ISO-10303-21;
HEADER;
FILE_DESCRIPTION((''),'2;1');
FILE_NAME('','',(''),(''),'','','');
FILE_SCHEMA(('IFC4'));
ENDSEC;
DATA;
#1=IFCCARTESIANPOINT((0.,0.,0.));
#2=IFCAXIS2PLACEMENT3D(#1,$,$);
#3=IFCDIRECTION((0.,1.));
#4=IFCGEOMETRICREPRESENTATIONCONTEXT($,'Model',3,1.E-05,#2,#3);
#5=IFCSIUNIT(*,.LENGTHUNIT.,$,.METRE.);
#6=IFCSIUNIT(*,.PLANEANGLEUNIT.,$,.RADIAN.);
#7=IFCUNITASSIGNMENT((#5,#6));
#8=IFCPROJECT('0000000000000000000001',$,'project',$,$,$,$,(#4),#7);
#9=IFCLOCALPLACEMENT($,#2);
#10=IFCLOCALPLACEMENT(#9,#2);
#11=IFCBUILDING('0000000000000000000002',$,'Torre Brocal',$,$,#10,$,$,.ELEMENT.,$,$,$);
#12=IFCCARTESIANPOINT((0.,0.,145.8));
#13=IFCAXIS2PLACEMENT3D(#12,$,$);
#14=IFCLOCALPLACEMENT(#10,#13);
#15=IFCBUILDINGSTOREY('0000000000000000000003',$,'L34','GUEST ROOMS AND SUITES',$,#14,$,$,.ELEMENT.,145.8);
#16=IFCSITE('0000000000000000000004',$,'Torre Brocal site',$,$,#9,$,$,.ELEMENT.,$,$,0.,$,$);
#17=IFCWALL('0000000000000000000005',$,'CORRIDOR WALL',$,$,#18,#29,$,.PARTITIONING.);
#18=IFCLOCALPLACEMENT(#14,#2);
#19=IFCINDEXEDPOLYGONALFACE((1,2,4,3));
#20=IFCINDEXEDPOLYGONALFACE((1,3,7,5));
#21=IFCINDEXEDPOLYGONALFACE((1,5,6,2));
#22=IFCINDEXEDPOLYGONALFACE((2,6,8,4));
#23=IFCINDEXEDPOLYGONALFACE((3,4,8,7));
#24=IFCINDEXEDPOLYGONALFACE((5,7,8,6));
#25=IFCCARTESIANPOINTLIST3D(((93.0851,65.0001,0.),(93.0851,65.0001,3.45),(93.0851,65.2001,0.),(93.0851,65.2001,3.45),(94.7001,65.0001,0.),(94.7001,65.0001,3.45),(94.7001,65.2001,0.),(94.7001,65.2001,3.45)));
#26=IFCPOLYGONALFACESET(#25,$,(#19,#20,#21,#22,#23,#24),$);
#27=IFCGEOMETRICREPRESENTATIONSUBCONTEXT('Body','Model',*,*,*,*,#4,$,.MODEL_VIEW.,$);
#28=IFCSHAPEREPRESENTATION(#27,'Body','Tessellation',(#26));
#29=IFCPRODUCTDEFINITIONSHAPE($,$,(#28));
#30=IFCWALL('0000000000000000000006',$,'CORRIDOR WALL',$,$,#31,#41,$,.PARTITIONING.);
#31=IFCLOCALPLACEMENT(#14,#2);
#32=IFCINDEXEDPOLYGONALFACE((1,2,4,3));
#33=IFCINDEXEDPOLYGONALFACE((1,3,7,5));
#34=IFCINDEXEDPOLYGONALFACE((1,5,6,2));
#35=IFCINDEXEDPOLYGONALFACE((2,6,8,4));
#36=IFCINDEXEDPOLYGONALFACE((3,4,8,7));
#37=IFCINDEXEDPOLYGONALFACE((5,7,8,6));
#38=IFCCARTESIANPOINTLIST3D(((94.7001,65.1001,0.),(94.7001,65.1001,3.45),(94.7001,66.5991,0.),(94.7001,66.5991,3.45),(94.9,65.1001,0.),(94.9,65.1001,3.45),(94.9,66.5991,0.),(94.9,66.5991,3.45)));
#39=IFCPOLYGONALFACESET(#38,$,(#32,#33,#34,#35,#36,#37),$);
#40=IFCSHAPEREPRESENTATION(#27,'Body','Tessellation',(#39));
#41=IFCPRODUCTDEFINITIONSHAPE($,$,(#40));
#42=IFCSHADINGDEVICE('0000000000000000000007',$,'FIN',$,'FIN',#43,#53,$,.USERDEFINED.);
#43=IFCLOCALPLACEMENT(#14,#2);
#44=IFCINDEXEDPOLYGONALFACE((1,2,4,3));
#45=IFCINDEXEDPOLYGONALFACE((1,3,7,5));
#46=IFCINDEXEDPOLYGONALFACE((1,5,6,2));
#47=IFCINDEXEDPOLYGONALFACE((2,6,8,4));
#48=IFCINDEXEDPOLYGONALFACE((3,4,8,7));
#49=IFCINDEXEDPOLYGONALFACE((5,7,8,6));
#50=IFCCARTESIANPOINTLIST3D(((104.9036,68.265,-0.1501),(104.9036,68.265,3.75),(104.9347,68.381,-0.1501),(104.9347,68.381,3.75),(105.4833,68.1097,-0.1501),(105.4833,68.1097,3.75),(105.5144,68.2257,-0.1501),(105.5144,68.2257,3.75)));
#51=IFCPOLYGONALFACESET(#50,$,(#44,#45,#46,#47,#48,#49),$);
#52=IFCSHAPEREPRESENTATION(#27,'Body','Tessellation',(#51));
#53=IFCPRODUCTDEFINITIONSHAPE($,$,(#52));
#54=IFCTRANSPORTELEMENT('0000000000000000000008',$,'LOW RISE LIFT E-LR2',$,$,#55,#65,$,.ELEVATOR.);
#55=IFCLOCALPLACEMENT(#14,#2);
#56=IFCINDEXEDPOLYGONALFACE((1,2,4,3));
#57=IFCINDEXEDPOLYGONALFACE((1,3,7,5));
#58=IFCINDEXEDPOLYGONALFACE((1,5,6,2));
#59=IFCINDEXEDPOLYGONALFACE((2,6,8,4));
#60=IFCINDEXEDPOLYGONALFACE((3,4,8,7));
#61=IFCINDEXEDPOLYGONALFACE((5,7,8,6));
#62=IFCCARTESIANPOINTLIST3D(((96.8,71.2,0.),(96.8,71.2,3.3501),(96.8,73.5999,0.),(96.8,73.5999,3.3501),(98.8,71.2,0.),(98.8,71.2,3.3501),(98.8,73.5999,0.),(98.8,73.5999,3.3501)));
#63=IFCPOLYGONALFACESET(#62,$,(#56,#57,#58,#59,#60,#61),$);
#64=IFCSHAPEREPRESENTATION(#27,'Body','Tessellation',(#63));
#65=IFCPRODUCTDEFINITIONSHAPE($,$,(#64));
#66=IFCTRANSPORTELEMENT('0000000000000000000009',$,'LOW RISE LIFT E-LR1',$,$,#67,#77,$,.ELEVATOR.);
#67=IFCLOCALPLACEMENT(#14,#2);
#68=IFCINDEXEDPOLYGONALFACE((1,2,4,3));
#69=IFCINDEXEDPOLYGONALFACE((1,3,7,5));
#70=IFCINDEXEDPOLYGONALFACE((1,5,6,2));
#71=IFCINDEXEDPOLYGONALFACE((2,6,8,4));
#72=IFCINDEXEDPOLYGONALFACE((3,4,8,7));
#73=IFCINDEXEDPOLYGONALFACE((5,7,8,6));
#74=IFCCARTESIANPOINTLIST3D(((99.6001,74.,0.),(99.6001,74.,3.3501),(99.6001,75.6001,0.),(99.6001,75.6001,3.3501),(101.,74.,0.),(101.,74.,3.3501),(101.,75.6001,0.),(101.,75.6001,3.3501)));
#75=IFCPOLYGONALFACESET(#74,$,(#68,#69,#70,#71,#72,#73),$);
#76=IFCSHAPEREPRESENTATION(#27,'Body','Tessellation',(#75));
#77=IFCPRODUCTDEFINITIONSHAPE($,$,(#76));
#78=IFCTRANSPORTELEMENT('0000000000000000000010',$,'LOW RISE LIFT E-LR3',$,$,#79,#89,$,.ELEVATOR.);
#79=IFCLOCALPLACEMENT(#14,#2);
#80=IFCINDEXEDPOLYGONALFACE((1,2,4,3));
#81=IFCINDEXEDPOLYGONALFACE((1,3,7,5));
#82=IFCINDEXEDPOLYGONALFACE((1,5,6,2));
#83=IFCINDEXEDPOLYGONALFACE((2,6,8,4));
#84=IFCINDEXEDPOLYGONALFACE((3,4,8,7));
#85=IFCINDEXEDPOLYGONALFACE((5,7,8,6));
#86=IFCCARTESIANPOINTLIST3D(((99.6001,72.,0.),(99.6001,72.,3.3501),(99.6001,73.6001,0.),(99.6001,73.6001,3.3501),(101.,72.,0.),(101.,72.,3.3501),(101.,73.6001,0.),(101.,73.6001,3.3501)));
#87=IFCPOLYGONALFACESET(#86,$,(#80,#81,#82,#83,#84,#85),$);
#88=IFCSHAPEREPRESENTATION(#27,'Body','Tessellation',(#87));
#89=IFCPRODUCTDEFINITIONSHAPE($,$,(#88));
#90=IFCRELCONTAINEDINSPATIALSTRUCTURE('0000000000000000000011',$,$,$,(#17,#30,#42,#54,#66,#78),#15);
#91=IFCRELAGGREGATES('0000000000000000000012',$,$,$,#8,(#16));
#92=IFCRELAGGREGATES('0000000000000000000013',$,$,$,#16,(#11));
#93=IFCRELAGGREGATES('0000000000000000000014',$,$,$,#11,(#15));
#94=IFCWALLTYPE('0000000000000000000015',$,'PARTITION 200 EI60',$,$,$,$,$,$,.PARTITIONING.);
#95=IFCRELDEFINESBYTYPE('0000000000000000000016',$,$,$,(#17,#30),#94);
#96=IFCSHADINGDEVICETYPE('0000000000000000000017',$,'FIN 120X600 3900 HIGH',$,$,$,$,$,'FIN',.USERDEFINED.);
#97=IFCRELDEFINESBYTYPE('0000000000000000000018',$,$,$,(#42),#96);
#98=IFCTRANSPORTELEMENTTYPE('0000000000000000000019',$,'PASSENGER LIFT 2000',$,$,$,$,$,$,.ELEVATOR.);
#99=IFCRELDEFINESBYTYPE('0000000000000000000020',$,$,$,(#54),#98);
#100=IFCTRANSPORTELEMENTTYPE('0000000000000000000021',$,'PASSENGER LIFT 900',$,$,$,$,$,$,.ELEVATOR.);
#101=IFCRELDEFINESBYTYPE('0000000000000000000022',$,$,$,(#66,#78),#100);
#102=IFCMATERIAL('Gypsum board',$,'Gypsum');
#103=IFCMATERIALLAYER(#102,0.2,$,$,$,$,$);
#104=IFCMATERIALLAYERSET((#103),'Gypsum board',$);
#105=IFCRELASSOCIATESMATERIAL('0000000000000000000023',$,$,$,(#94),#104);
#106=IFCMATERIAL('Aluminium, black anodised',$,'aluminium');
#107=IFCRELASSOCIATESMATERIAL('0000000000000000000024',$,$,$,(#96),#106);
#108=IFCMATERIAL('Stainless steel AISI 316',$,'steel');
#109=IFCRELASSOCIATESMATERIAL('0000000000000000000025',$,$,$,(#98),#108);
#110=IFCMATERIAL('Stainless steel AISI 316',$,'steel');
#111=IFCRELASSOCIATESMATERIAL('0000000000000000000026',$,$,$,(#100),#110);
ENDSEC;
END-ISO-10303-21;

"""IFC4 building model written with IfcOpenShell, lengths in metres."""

from ifc_helpers import new_model, si_unit, direction, frame, frame_2d, origin, origin_2d, place, context, subcontext, project, spatial, rectangle, extrude, material, layer, layer_set, material_profile, profile_set, type_object, element, save


model = new_model("IFC4")

# Units and contexts
model_context = context("Model", 3, precision=1e-05, world=origin(), true_north=direction((0.0, 1.0)))
body_context = subcontext(model_context, "Body", "Model", "MODEL_VIEW")
ifc_project = project(units=[si_unit("LENGTHUNIT", "METRE"), si_unit("PLANEANGLEUNIT", "RADIAN")], contexts=[model_context])

# Site, building, storey
site_placement = place(None, origin())
site = spatial("IfcSite", under=ifc_project, at=site_placement, Name="Torre Brocal site", CompositionType="ELEMENT", RefElevation=0.0)
building_placement = place(site_placement, origin())
building = spatial("IfcBuilding", under=site, at=building_placement, Name="Torre Brocal", CompositionType="ELEMENT")
storey_placement = place(building_placement, frame((0.0, 0.0, 145.8)))
storey = spatial("IfcBuildingStorey", under=building, at=storey_placement, Name="L34", Description="GUEST ROOMS AND SUITES", CompositionType="ELEMENT", Elevation=145.8)

# Walls
ifc_material_1 = material(Name="Gypsum board", Category="Gypsum")
ifc_layer_1 = layer(ifc_material_1, 0.2)
ifc_layer_set_1 = layer_set([ifc_layer_1], Name="Gypsum board")
wall_type_1 = type_object("IfcWallType", Name="PARTITION 200 EI60", PredefinedType="PARTITIONING", material=ifc_layer_set_1)
wall_1_placement = place(storey_placement, frame((93.085, 65.1001, 0.0), z_axis=(0.0, 0.0, 1.0), x_axis=(1.0, 0.0, 0.0)))
element("IfcWall", 1, at=wall_1_placement, inside=storey, type_object=wall_type_1, Name="CORRIDOR WALL", PredefinedType="PARTITIONING", context=body_context, shape_type="SweptSolid", body=[
    extrude(rectangle(XDim=1.615, YDim=0.2, at=frame_2d((0.8076, 0.0))), origin(), (0.0, 0.0, 1.0), 3.45),
])
wall_2_placement = place(storey_placement, frame((94.8, 65.1001, 0.0), z_axis=(0.0, 0.0, 1.0), x_axis=(0.0, 1.0, 0.0)))
element("IfcWall", 2, at=wall_2_placement, inside=storey, type_object=wall_type_1, Name="CORRIDOR WALL", PredefinedType="PARTITIONING", context=body_context, shape_type="SweptSolid", body=[
    extrude(rectangle(XDim=1.499, YDim=0.2, at=frame_2d((0.7495, 0.0))), origin(), (0.0, 0.0, 1.0), 3.45),
])

# Shading device
ifc_material_2 = material(Name="Aluminium, black anodised", Category="aluminium")
ifc_material_profile_1 = material_profile(ifc_material_2, rectangle(XDim=0.1201, YDim=0.6001, at=origin_2d()), Name="FIN 120X600 3900 HIGH")
ifc_profile_set_1 = profile_set([ifc_material_profile_1], Name="Aluminium, black anodised")
shading_device_type = type_object("IfcShadingDeviceType", Name="FIN 120X600 3900 HIGH", ElementType="FIN", PredefinedType="USERDEFINED", material=ifc_profile_set_1)
shading_device_placement = place(storey_placement, frame((105.209, 68.2454, -0.1501), z_axis=(0.0, 0.0, 1.0), x_axis=(0.258819, 0.965926, 0.0)))
element("IfcShadingDevice", 3, at=shading_device_placement, inside=storey, type_object=shading_device_type, Name="FIN", ObjectType="FIN", PredefinedType="USERDEFINED", context=body_context, shape_type="SweptSolid", body=[
    extrude(rectangle(XDim=0.1201, YDim=0.6001, at=origin_2d()), origin(), (0.0, 0.0, 1.0), 3.9001),
])

# Transport elements
ifc_material_3 = material(Name="Stainless steel AISI 316", Category="steel")
transport_element_type_1 = type_object("IfcTransportElementType", Name="PASSENGER LIFT 2000", PredefinedType="ELEVATOR", material=ifc_material_3)
transport_element_placement = place(storey_placement, frame((97.8, 72.3999, 0.0), z_axis=(0.0, 0.0, 1.0), x_axis=(1.0, 0.0, 0.0)))
element("IfcTransportElement", 4, at=transport_element_placement, inside=storey, type_object=transport_element_type_1, Name="LOW RISE LIFT E-LR2", PredefinedType="ELEVATOR", context=body_context, shape_type="SweptSolid", body=[
    extrude(rectangle(XDim=2.0, YDim=2.3999, at=origin_2d()), origin(), (0.0, 0.0, 1.0), 3.3501),
])
ifc_material_4 = material(Name="Stainless steel AISI 316", Category="steel")
transport_element_type_2 = type_object("IfcTransportElementType", Name="PASSENGER LIFT 900", PredefinedType="ELEVATOR", material=ifc_material_4)
for number, where, z_axis, x_axis, name in (
    (5, (100.3, 74.8, 0.0), (0.0, 0.0, 1.0), (1.0, 0.0, 0.0), "LOW RISE LIFT E-LR1"),
    (6, (100.3, 72.8, 0.0), (0.0, 0.0, 1.0), (1.0, 0.0, 0.0), "LOW RISE LIFT E-LR3"),
):
    element("IfcTransportElement", number, at=place(storey_placement, frame(where, z_axis=z_axis, x_axis=x_axis)), inside=storey, type_object=transport_element_type_2, Name=name, PredefinedType="ELEVATOR", context=body_context, shape_type="SweptSolid", body=[
        extrude(rectangle(XDim=1.3999, YDim=1.6001, at=origin_2d()), origin(), (0.0, 0.0, 1.0), 3.3501),
    ])

save(model, "model.ifc")
